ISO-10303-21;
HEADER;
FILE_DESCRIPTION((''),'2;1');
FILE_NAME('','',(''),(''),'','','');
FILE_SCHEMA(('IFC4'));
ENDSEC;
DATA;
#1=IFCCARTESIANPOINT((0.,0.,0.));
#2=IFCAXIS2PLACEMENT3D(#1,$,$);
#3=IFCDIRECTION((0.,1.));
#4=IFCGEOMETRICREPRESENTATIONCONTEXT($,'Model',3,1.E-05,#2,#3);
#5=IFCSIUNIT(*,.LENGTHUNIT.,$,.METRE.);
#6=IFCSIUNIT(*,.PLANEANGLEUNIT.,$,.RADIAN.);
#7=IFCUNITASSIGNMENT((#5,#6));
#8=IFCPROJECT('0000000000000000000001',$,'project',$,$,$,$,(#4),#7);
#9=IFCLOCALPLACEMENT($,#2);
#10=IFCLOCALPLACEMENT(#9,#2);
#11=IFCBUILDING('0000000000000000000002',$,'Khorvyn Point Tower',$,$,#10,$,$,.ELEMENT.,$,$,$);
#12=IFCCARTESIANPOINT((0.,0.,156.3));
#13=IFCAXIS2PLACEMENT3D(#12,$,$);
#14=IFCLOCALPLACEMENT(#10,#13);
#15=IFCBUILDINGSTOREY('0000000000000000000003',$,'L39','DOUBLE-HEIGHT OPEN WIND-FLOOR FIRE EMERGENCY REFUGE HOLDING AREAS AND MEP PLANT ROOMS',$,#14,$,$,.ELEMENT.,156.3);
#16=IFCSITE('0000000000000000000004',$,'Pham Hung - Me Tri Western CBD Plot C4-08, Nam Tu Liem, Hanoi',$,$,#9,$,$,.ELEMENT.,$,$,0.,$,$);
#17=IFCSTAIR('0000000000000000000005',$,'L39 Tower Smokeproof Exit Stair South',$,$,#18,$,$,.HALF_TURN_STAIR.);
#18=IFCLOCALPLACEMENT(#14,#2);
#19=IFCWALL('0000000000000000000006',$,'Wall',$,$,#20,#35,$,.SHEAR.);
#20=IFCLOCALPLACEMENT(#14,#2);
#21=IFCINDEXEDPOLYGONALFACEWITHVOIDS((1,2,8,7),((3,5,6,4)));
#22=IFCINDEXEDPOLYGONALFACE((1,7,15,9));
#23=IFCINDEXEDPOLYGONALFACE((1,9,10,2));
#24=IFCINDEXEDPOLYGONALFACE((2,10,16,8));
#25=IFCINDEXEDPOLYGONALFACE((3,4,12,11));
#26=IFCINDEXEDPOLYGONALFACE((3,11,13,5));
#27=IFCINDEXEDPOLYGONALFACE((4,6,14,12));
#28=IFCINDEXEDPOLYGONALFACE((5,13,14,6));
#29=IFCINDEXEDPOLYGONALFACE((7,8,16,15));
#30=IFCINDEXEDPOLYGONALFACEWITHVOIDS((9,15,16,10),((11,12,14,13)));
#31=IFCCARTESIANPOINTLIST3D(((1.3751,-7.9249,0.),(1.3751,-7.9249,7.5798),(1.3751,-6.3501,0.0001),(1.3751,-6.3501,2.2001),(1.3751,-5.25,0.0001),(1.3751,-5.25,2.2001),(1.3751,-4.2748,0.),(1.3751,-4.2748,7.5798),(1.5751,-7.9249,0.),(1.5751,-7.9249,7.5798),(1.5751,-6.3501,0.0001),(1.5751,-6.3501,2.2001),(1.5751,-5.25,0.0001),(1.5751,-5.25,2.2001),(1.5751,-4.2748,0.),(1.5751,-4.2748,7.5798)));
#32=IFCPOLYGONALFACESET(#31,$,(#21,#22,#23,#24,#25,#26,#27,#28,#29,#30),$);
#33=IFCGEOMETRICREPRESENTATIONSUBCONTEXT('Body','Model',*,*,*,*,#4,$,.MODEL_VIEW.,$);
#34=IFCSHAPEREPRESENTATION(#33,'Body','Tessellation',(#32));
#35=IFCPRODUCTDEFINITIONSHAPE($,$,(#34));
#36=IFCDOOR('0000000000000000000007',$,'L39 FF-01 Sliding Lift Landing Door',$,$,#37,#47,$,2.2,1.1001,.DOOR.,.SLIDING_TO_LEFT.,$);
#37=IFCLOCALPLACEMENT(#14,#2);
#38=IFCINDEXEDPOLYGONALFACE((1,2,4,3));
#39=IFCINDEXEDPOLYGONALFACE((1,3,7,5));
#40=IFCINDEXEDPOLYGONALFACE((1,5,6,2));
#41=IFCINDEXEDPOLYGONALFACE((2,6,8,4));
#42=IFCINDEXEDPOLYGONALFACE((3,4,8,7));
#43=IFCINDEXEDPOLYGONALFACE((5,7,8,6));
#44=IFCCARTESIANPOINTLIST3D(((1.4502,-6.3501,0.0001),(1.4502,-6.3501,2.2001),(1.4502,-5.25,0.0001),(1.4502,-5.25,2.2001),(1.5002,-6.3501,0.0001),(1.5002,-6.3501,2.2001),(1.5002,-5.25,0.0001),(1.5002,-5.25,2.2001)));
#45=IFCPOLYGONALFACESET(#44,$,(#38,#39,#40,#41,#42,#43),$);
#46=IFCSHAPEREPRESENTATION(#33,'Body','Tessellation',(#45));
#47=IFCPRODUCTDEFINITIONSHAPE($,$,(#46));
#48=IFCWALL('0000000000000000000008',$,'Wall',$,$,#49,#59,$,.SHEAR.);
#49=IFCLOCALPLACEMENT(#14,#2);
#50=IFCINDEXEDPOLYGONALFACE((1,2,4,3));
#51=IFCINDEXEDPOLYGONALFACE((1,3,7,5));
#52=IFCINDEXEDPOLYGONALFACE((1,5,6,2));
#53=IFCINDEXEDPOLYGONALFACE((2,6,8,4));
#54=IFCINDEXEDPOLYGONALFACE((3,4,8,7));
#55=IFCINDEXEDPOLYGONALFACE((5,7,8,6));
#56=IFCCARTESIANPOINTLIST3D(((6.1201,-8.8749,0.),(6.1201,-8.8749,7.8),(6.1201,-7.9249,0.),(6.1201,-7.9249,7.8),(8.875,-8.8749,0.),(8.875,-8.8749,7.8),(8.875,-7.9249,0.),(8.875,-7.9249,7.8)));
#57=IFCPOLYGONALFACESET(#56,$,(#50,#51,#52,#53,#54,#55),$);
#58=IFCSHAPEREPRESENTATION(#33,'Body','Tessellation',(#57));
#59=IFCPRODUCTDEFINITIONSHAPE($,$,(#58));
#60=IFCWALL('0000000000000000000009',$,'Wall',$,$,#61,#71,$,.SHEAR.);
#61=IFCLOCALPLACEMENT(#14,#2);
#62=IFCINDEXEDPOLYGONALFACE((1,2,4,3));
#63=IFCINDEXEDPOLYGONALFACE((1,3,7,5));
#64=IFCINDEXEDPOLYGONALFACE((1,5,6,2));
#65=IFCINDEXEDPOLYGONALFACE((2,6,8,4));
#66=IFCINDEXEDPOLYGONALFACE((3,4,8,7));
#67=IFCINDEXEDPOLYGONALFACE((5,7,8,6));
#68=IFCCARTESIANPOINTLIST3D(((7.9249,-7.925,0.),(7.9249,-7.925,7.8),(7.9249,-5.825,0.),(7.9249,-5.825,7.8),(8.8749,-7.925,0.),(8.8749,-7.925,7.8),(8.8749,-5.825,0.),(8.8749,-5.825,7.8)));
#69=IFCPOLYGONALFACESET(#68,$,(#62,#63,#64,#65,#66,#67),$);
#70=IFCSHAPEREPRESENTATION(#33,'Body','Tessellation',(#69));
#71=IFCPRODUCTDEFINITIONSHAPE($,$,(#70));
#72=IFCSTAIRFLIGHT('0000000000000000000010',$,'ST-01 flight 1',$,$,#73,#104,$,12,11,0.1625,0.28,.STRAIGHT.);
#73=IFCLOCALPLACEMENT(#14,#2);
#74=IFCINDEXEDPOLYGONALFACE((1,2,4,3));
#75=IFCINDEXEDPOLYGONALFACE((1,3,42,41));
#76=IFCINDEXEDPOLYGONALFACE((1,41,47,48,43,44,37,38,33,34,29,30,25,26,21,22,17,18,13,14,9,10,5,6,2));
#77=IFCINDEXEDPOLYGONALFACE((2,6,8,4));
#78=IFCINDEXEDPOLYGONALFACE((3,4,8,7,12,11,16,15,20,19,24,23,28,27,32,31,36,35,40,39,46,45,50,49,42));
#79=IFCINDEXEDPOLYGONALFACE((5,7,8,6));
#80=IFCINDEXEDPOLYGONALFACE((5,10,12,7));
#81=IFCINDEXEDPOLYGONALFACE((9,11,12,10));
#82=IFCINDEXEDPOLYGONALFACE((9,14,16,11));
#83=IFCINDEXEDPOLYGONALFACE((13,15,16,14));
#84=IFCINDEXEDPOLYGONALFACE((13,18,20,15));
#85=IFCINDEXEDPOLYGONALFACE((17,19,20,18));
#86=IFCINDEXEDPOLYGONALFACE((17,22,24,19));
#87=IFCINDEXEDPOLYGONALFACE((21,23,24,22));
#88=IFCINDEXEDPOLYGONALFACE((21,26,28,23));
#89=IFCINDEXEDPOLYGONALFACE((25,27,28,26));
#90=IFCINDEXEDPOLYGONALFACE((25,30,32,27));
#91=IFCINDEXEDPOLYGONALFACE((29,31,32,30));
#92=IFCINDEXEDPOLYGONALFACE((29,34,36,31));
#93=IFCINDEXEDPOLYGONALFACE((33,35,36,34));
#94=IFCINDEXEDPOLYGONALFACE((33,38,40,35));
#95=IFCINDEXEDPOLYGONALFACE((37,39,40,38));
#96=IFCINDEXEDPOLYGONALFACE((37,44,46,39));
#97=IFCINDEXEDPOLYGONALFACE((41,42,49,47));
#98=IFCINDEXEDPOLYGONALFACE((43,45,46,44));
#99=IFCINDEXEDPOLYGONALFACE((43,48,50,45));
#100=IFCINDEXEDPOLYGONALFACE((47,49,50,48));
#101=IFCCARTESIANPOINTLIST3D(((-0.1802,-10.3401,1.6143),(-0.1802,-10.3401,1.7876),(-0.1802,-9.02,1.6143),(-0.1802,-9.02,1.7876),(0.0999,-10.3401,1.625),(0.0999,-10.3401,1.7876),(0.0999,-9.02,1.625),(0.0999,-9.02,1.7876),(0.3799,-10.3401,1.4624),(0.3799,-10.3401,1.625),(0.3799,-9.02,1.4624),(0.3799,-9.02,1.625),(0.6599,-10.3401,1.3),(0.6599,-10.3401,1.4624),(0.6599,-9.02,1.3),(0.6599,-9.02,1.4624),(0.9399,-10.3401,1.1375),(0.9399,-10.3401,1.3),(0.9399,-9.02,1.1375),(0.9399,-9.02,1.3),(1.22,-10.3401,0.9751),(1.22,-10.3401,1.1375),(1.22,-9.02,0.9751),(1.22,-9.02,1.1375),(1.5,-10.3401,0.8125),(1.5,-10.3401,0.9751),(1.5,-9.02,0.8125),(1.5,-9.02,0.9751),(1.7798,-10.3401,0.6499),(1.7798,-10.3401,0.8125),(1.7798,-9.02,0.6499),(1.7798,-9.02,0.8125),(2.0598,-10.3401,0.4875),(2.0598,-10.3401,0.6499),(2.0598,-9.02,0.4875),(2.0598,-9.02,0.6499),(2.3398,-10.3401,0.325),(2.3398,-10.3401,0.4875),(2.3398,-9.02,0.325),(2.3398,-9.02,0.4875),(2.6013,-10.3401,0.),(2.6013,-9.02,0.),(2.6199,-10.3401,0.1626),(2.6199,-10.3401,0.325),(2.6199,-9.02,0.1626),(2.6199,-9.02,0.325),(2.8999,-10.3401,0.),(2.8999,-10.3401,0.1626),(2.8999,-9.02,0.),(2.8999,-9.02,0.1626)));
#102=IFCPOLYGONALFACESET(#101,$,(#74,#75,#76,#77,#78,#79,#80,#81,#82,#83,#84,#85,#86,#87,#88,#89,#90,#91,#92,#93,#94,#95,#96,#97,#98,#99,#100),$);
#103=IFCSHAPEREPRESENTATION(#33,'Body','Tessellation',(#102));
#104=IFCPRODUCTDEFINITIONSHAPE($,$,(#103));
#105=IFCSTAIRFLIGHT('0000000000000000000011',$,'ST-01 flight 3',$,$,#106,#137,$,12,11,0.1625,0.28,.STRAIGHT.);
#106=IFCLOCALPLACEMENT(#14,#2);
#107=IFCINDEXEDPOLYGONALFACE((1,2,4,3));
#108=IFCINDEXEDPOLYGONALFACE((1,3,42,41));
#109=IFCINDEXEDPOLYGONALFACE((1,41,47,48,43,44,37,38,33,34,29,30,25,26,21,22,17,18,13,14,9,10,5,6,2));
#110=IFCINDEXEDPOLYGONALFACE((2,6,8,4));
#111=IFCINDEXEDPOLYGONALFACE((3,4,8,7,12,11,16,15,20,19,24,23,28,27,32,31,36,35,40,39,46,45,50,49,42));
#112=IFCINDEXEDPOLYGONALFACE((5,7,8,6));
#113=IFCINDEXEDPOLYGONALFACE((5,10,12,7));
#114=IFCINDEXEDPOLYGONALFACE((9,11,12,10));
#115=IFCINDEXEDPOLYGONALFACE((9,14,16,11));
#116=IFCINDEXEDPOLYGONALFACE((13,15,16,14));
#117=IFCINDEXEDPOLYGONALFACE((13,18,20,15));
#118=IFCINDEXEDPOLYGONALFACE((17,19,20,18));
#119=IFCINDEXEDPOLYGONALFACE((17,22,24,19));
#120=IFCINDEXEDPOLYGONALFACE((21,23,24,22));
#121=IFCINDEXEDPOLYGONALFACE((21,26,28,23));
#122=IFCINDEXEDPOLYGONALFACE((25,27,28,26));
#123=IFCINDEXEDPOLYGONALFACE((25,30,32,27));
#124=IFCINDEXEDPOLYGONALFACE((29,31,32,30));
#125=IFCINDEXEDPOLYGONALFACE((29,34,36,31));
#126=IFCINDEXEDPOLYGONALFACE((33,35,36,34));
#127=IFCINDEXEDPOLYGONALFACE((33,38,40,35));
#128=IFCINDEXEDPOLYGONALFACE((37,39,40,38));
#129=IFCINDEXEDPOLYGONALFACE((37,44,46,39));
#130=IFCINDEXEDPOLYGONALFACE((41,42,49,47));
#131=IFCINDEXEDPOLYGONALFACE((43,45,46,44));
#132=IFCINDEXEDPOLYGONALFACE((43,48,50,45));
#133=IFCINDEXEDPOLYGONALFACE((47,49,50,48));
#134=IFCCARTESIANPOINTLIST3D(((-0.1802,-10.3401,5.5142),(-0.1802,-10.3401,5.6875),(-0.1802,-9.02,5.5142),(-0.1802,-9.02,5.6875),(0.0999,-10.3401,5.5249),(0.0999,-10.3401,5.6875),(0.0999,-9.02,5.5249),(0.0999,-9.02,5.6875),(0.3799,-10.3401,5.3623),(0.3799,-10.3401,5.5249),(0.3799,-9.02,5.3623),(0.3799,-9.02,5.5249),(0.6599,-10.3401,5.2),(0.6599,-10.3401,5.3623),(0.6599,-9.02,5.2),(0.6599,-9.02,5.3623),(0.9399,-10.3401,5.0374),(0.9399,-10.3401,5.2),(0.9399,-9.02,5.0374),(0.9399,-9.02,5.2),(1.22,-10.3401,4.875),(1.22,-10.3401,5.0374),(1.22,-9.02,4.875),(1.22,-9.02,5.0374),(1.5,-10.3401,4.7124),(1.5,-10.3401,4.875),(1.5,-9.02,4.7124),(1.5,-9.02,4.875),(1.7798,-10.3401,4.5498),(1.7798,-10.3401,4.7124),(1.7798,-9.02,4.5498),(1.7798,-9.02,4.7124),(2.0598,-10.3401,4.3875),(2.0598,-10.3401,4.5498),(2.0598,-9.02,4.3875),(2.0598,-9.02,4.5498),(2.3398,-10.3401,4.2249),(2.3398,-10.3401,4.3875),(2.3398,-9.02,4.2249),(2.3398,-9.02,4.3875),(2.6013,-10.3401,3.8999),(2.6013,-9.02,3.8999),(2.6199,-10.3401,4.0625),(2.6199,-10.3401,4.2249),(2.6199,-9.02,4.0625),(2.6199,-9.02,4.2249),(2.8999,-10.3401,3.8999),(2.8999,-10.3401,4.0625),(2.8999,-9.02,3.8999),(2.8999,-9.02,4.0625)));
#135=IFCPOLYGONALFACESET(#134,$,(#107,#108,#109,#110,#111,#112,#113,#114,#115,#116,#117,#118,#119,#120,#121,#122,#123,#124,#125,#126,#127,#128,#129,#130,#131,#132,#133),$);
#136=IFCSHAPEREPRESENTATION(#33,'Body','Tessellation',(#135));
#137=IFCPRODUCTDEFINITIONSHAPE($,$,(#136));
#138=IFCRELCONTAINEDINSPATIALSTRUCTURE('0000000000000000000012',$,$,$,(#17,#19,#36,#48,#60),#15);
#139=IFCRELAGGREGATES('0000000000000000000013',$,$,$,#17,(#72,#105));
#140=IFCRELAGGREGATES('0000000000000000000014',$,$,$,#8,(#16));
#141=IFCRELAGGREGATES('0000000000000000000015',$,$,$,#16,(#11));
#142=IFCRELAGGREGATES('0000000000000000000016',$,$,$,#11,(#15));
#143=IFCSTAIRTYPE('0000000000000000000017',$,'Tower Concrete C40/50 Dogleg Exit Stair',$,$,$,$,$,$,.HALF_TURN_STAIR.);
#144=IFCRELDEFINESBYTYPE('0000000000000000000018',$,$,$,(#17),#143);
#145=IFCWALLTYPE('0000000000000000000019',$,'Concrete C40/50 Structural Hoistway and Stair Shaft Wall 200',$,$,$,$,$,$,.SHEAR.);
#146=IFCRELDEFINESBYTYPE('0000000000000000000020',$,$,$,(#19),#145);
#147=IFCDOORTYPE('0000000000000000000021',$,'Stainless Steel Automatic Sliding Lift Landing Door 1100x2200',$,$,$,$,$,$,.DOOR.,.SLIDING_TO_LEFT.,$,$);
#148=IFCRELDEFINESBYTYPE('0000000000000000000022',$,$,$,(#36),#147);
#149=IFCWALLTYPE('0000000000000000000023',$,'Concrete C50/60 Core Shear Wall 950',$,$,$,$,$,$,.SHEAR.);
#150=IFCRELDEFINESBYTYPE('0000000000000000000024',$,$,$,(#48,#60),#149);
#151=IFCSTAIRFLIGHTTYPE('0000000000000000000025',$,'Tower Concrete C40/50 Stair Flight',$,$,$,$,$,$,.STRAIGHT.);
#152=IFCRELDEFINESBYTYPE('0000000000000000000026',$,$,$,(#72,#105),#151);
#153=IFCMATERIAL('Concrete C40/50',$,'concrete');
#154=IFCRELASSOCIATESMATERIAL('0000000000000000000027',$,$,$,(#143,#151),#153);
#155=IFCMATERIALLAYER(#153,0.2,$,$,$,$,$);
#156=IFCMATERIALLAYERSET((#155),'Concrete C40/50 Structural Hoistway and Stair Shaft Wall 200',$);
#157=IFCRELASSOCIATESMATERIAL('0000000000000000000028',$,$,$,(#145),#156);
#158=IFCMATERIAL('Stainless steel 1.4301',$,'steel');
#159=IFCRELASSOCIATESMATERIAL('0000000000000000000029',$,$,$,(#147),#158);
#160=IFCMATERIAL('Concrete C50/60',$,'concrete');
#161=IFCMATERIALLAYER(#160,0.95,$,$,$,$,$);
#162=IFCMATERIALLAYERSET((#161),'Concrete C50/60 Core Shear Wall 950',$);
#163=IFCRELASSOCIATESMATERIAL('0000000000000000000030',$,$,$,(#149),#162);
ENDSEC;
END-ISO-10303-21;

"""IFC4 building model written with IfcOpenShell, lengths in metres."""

from ifc_helpers import new_model, si_unit, direction, frame, frame_2d, origin, place, context, subcontext, project, spatial, polyline, rectangle, outline, extrude, material, layer, layer_set, type_object, element, fill, aggregate, save


model = new_model("IFC4")

# Units and contexts
model_context = context("Model", 3, precision=1e-05, world=origin(), true_north=direction((0.0, 1.0)))
body_context = subcontext(model_context, "Body", "Model", "MODEL_VIEW")
ifc_project = project(units=[si_unit("LENGTHUNIT", "METRE"), si_unit("PLANEANGLEUNIT", "RADIAN")], contexts=[model_context])

# Site, building, storey
site_placement = place(None, origin())
site = spatial("IfcSite", under=ifc_project, at=site_placement, Name="Pham Hung - Me Tri Western CBD Plot C4-08, Nam Tu Liem, Hanoi", CompositionType="ELEMENT", RefElevation=0.0)
building_placement = place(site_placement, origin())
building = spatial("IfcBuilding", under=site, at=building_placement, Name="Khorvyn Point Tower", CompositionType="ELEMENT")
storey_placement = place(building_placement, frame((0.0, 0.0, 156.3)))
storey = spatial("IfcBuildingStorey", under=building, at=storey_placement, Name="L39", Description="DOUBLE-HEIGHT OPEN WIND-FLOOR FIRE EMERGENCY REFUGE HOLDING AREAS AND MEP PLANT ROOMS", CompositionType="ELEMENT", Elevation=156.3)

# Shared definitions
ifc_material_1 = material(Name="Concrete C40/50", Category="concrete")

# Shared definitions
ifc_material_2 = material(Name="Concrete C50/60", Category="concrete")

# Stair
stair_type = type_object("IfcStairType", Name="Tower Concrete C40/50 Dogleg Exit Stair", PredefinedType="HALF_TURN_STAIR", material=ifc_material_1)
stair_placement = place(storey_placement, origin())
stair = element("IfcStair", 1, at=stair_placement, inside=storey, type_object=stair_type, Name="L39 Tower Smokeproof Exit Stair South", PredefinedType="HALF_TURN_STAIR")

# Wall, opening, door
ifc_layer_1 = layer(ifc_material_1, 0.2)
ifc_layer_set_1 = layer_set([ifc_layer_1], Name="Concrete C40/50 Structural Hoistway and Stair Shaft Wall 200")
wall_type_1 = type_object("IfcWallType", Name="Concrete C40/50 Structural Hoistway and Stair Shaft Wall 200", PredefinedType="SHEAR", material=ifc_layer_set_1)
wall_1_placement = place(storey_placement, frame((1.4751, -7.925, 0.0), z_axis=(0.0, 0.0, 1.0), x_axis=(0.0, 1.0, 0.0)))
wall_1 = element("IfcWall", 2, at=wall_1_placement, inside=storey, type_object=wall_type_1, Name="Wall", PredefinedType="SHEAR", context=body_context, shape_type="SweptSolid", body=[
    extrude(rectangle(XDim=3.6501, YDim=0.2, at=frame_2d((1.8252, 0.0))), origin(), (0.0, 0.0, 1.0), 7.5798),
])
opening_1_placement = place(wall_1_placement, frame((1.575, 0.0, 0.0)))
opening_1 = element("IfcOpeningElement", 3, at=opening_1_placement, cuts=wall_1, PredefinedType="OPENING", context=body_context, shape_type="SweptSolid", body=[
    extrude(rectangle(XDim=1.1001, YDim=2.2, at=frame_2d((0.55, 1.1001))), frame((0.0, 0.1099, 0.0), z_axis=(0.0, -1.0, 0.0), x_axis=(1.0, 0.0, 0.0)), (0.0, 0.0, 1.0), 0.22),
])
ifc_material_3 = material(Name="Stainless steel 1.4301", Category="steel")
door_type_1 = type_object("IfcDoorType", Name="Stainless Steel Automatic Sliding Lift Landing Door 1100x2200", OperationType="SLIDING_TO_LEFT", PredefinedType="DOOR", material=ifc_material_3)
door_1_placement = place(opening_1_placement, origin())
door_1 = element("IfcDoor", 4, at=door_1_placement, inside=storey, type_object=door_type_1, Name="L39 FF-01 Sliding Lift Landing Door", OperationType="SLIDING_TO_LEFT", OverallHeight=2.2, OverallWidth=1.1001, PredefinedType="DOOR", context=body_context, shape_type="SweptSolid", body=[
    extrude(rectangle(XDim=1.1001, YDim=2.2, at=frame_2d((0.55, 1.1001))), frame((0.0, 0.0249, 0.0), z_axis=(0.0, -1.0, 0.0), x_axis=(1.0, 0.0, 0.0)), (0.0, 0.0, 1.0), 0.05),
])
fill(opening_1, door_1)

# Walls
ifc_layer_2 = layer(ifc_material_2, 0.95)
ifc_layer_set_2 = layer_set([ifc_layer_2], Name="Concrete C50/60 Core Shear Wall 950")
wall_type_2 = type_object("IfcWallType", Name="Concrete C50/60 Core Shear Wall 950", PredefinedType="SHEAR", material=ifc_layer_set_2)
wall_2_placement = place(storey_placement, frame((6.1201, -8.3999, 0.0), z_axis=(0.0, 0.0, 1.0), x_axis=(1.0, 0.0, 0.0)))
element("IfcWall", 5, at=wall_2_placement, inside=storey, type_object=wall_type_2, Name="Wall", PredefinedType="SHEAR", context=body_context, shape_type="SweptSolid", body=[
    extrude(rectangle(XDim=2.7549, YDim=0.95, at=frame_2d((1.3774, 0.0))), origin(), (0.0, 0.0, 1.0), 7.8),
])
wall_3_placement = place(storey_placement, frame((8.3999, -7.925, 0.0), z_axis=(0.0, 0.0, 1.0), x_axis=(0.0, 1.0, 0.0)))
element("IfcWall", 6, at=wall_3_placement, inside=storey, type_object=wall_type_2, Name="Wall", PredefinedType="SHEAR", context=body_context, shape_type="SweptSolid", body=[
    extrude(rectangle(XDim=2.1001, YDim=0.95, at=frame_2d((1.05, 0.0))), origin(), (0.0, 0.0, 1.0), 7.8),
])

# Stair flights
stair_flight_type = type_object("IfcStairFlightType", Name="Tower Concrete C40/50 Stair Flight", PredefinedType="STRAIGHT", material=ifc_material_1)
stair_flight_1_placement = place(storey_placement, frame((2.8999, -9.6799, 0.0), z_axis=(0.0, 0.0, 1.0), x_axis=(-1.0, 0.0, 0.0)))
stair_flight_1 = element("IfcStairFlight", 7, at=stair_flight_1_placement, type_object=stair_flight_type, Name="ST-01 flight 1", NumberOfRisers=12, NumberOfTreads=11, PredefinedType="STRAIGHT", RiserHeight=0.1625, TreadLength=0.28, context=body_context, shape_type="SweptSolid", body=[
    extrude(outline(polyline([(0.0, 0.0), (0.0, 0.1626), (0.28, 0.1626), (0.28, 0.325), (0.5601, 0.325), (0.5601, 0.4875), (0.8401, 0.4875), (0.8401, 0.6499), (1.1201, 0.6499), (1.1201, 0.8125), (1.3999, 0.8125), (1.3999, 0.9751), (1.6799, 0.9751), (1.6799, 1.1375), (1.96, 1.1375), (1.96, 1.3), (2.24, 1.3), (2.24, 1.4624), (2.52, 1.4624), (2.52, 1.625), (2.8, 1.625), (2.8, 1.7876), (3.0801, 1.7876), (3.0801, 1.95), (3.0801, 1.6143), (0.2986, 0.0), (0.0, 0.0)])), frame((0.0, 0.6602, 0.0), z_axis=(0.0, -1.0, 0.0), x_axis=(1.0, 0.0, 0.0)), (0.0, 0.0, 1.0), 1.3201),
])
stair_flight_2_placement = place(storey_placement, frame((2.8999, -9.6799, 3.8999), z_axis=(0.0, 0.0, 1.0), x_axis=(-1.0, 0.0, 0.0)))
stair_flight_2 = element("IfcStairFlight", 8, at=stair_flight_2_placement, type_object=stair_flight_type, Name="ST-01 flight 3", NumberOfRisers=12, NumberOfTreads=11, PredefinedType="STRAIGHT", RiserHeight=0.1625, TreadLength=0.28, context=body_context, shape_type="SweptSolid", body=[
    extrude(outline(polyline([(0.0, 0.0), (0.0, 0.1626), (0.28, 0.1626), (0.28, 0.325), (0.5601, 0.325), (0.5601, 0.4875), (0.8401, 0.4875), (0.8401, 0.6499), (1.1201, 0.6499), (1.1201, 0.8125), (1.3999, 0.8125), (1.3999, 0.9751), (1.6799, 0.9751), (1.6799, 1.1375), (1.96, 1.1375), (1.96, 1.3), (2.24, 1.3), (2.24, 1.4624), (2.52, 1.4624), (2.52, 1.625), (2.8, 1.625), (2.8, 1.7876), (3.0801, 1.7876), (3.0801, 1.95), (3.0801, 1.6143), (0.2986, 0.0), (0.0, 0.0)])), frame((0.0, 0.6602, 0.0), z_axis=(0.0, -1.0, 0.0), x_axis=(1.0, 0.0, 0.0)), (0.0, 0.0, 1.0), 1.3201),
])
aggregate(stair, [stair_flight_1, stair_flight_2])

save(model, "model.ifc")
